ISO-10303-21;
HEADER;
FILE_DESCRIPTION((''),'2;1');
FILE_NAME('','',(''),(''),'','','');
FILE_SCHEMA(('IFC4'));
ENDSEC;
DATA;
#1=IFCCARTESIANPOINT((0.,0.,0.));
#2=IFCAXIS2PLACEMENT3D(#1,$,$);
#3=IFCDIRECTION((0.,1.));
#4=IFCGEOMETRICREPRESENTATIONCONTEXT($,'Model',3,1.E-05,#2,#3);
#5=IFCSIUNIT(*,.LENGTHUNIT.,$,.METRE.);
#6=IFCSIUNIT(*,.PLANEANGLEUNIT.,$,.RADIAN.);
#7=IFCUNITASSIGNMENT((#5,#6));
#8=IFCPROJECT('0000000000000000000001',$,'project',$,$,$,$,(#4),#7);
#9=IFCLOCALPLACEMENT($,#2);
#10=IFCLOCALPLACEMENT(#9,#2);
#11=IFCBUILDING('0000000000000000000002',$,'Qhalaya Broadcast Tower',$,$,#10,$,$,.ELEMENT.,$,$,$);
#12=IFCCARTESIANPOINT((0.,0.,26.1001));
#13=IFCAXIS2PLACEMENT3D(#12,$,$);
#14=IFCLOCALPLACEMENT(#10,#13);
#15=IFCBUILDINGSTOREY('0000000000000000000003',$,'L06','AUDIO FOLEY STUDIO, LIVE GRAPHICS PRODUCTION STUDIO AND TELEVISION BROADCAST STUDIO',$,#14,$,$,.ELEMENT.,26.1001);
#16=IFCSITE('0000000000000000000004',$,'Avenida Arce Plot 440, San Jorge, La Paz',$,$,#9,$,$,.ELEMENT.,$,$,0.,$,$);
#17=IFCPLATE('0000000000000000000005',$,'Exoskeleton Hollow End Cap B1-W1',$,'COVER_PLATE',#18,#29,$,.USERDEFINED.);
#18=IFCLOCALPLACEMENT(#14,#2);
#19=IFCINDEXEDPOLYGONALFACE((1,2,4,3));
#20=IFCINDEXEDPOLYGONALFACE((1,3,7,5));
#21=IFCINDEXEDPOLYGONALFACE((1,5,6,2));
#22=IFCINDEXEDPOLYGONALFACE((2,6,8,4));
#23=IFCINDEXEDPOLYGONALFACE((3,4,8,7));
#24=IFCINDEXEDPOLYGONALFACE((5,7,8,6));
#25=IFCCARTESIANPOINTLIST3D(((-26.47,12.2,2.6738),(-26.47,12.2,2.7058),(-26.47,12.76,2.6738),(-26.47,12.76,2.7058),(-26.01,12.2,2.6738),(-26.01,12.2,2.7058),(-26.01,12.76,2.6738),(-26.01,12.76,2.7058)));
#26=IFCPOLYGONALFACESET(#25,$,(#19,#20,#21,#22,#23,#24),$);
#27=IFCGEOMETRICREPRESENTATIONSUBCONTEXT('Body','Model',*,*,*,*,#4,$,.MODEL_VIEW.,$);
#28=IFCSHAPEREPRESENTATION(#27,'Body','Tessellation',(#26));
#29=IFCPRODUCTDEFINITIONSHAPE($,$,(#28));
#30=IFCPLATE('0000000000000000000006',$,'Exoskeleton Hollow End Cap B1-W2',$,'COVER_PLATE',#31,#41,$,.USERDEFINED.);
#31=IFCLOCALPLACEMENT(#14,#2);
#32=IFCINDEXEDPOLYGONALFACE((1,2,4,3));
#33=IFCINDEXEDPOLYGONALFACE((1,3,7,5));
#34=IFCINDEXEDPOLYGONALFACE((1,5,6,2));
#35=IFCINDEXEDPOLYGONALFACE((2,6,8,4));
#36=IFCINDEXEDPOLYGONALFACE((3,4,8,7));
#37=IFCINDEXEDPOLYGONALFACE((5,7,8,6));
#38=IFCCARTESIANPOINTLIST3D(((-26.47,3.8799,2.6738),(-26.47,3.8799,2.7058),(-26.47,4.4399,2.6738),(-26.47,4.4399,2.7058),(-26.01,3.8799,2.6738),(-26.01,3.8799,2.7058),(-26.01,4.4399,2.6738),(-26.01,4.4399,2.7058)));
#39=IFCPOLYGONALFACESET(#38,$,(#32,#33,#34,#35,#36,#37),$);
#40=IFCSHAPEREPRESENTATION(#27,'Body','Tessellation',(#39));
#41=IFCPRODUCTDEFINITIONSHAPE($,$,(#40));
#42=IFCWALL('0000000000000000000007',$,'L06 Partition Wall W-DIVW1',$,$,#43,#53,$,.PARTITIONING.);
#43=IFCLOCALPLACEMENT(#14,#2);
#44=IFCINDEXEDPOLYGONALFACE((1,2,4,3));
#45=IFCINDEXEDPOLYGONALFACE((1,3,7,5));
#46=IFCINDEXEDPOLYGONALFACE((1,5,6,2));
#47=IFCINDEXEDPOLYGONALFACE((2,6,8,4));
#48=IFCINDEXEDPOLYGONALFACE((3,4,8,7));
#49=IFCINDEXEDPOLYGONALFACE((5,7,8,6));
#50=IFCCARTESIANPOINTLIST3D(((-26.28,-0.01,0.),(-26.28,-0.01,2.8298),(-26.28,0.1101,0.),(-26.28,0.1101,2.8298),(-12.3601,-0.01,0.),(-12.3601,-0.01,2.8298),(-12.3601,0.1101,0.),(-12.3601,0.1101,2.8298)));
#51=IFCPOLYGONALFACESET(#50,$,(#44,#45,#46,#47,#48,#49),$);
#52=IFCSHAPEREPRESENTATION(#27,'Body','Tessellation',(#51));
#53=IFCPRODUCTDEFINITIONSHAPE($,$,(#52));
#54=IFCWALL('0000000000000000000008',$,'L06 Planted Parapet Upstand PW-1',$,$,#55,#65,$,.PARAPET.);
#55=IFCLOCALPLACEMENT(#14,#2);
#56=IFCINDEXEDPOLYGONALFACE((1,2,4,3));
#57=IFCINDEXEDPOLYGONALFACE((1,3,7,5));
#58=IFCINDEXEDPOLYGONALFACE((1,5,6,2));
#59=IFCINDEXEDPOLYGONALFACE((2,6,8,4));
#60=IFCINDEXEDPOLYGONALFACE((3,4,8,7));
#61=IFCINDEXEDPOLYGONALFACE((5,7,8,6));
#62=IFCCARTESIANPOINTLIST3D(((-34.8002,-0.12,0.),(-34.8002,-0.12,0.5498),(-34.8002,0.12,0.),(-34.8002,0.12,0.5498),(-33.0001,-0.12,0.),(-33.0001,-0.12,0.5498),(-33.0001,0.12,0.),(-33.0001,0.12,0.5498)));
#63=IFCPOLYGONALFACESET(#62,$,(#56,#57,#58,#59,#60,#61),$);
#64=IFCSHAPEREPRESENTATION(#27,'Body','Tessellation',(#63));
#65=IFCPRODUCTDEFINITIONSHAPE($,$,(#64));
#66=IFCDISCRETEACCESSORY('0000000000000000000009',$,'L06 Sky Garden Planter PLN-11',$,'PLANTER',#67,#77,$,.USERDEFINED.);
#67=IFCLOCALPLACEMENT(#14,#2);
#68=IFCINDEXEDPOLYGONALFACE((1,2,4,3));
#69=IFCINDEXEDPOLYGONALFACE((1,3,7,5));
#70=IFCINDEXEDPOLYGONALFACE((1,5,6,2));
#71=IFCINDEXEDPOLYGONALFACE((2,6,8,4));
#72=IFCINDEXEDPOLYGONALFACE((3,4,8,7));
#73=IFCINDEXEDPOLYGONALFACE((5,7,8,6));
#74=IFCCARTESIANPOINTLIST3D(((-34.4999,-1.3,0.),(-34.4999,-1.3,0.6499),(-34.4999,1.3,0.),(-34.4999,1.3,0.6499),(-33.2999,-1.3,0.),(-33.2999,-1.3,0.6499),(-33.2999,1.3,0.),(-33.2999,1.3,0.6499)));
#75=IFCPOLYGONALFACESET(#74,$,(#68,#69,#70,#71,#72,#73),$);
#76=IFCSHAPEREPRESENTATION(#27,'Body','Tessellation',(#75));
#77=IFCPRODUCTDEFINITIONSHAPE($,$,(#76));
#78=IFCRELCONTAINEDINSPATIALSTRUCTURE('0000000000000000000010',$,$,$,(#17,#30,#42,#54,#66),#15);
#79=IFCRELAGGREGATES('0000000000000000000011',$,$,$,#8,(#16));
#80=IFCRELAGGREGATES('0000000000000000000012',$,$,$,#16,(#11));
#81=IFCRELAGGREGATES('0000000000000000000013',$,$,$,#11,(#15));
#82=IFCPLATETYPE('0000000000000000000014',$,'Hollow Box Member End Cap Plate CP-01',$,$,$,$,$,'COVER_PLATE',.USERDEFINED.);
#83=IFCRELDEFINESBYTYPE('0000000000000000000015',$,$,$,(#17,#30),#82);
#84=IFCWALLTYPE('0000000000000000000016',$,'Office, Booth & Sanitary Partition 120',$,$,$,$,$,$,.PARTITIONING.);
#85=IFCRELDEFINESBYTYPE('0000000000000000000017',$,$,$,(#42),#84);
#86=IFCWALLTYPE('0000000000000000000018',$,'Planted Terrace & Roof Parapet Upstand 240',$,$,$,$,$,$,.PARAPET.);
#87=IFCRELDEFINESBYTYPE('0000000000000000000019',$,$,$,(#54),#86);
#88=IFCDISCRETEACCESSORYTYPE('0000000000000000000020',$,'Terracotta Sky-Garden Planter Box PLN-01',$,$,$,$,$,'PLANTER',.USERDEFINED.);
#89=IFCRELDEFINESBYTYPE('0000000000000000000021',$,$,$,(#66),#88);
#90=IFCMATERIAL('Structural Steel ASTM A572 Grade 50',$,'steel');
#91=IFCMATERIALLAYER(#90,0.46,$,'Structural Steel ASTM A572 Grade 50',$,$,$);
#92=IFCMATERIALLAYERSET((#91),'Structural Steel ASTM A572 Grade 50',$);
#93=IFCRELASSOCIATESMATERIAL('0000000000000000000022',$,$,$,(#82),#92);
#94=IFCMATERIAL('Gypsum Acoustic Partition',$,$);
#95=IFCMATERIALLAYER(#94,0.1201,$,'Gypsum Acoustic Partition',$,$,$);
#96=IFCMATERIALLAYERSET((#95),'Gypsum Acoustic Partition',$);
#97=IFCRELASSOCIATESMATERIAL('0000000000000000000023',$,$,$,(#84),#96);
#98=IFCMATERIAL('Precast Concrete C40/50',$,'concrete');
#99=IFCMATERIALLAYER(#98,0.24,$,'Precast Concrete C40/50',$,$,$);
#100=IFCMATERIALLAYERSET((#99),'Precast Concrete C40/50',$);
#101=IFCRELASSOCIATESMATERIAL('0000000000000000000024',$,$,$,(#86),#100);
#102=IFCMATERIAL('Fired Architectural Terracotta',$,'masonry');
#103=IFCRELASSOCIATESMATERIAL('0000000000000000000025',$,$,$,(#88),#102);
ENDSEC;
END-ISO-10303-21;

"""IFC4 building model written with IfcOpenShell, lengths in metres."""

from ifc_helpers import new_model, si_unit, direction, frame, frame_2d, origin, origin_2d, place, context, subcontext, project, spatial, rectangle, extrude, material, layer, layer_set, type_object, element, save


model = new_model("IFC4")

# Units and contexts
model_context = context("Model", 3, precision=1e-05, world=origin(), true_north=direction((0.0, 1.0)))
body_context = subcontext(model_context, "Body", "Model", "MODEL_VIEW")
ifc_project = project(units=[si_unit("LENGTHUNIT", "METRE"), si_unit("PLANEANGLEUNIT", "RADIAN")], contexts=[model_context])

# Site, building, storey
site_placement = place(None, origin())
site = spatial("IfcSite", under=ifc_project, at=site_placement, Name="Avenida Arce Plot 440, San Jorge, La Paz", CompositionType="ELEMENT", RefElevation=0.0)
building_placement = place(site_placement, origin())
building = spatial("IfcBuilding", under=site, at=building_placement, Name="Qhalaya Broadcast Tower", CompositionType="ELEMENT")
storey_placement = place(building_placement, frame((0.0, 0.0, 26.1001)))
storey = spatial("IfcBuildingStorey", under=building, at=storey_placement, Name="L06", Description="AUDIO FOLEY STUDIO, LIVE GRAPHICS PRODUCTION STUDIO AND TELEVISION BROADCAST STUDIO", CompositionType="ELEMENT", Elevation=26.1001)

# Shared definitions
ifc_material_1 = material(Name="Structural Steel ASTM A572 Grade 50", Category="steel")

# Plates
ifc_layer_1 = layer(ifc_material_1, 0.46, Name="Structural Steel ASTM A572 Grade 50")
ifc_layer_set_1 = layer_set([ifc_layer_1], Name="Structural Steel ASTM A572 Grade 50")
plate_type_1 = type_object("IfcPlateType", Name="Hollow Box Member End Cap Plate CP-01", ElementType="COVER_PLATE", PredefinedType="USERDEFINED", material=ifc_layer_set_1)
for number, where, z_axis, x_axis, name in (
    (1, (-26.24, 12.48, 2.6738), (0.0, 0.0, 1.0), (0.0, 1.0, 0.0), "Exoskeleton Hollow End Cap B1-W1"),
    (2, (-26.24, 4.1599, 2.6738), (0.0, 0.0, 1.0), (0.0, 1.0, 0.0), "Exoskeleton Hollow End Cap B1-W2"),
):
    element("IfcPlate", number, at=place(storey_placement, frame(where, z_axis=z_axis, x_axis=x_axis)), inside=storey, type_object=plate_type_1, Name=name, ObjectType="COVER_PLATE", PredefinedType="USERDEFINED", context=body_context, shape_type="SweptSolid", body=[
        extrude(rectangle(XDim=0.5601, YDim=0.46, at=origin_2d()), origin(), (0.0, 0.0, 1.0), 0.032),
    ])

# Walls
ifc_material_2 = material(Name="Gypsum Acoustic Partition")
ifc_layer_2 = layer(ifc_material_2, 0.1201, Name="Gypsum Acoustic Partition")
ifc_layer_set_2 = layer_set([ifc_layer_2], Name="Gypsum Acoustic Partition")
wall_type_1 = type_object("IfcWallType", Name="Office, Booth & Sanitary Partition 120", PredefinedType="PARTITIONING", material=ifc_layer_set_2)
wall_1_placement = place(storey_placement, frame((-26.28, 0.05, 0.0), z_axis=(0.0, 0.0, 1.0), x_axis=(1.0, 0.0, 0.0)))
element("IfcWall", 3, at=wall_1_placement, inside=storey, type_object=wall_type_1, Name="L06 Partition Wall W-DIVW1", PredefinedType="PARTITIONING", context=body_context, shape_type="SweptSolid", body=[
    extrude(rectangle(XDim=13.9199, YDim=0.1201, at=frame_2d((6.96, 0.0))), origin(), (0.0, 0.0, 1.0), 2.8298),
])
ifc_material_3 = material(Name="Precast Concrete C40/50", Category="concrete")
ifc_layer_3 = layer(ifc_material_3, 0.24, Name="Precast Concrete C40/50")
ifc_layer_set_3 = layer_set([ifc_layer_3], Name="Precast Concrete C40/50")
wall_type_2 = type_object("IfcWallType", Name="Planted Terrace & Roof Parapet Upstand 240", PredefinedType="PARAPET", material=ifc_layer_set_3)
wall_2_placement = place(storey_placement, frame((-34.8, 0.0, 0.0), z_axis=(0.0, 0.0, 1.0), x_axis=(1.0, 0.0, 0.0)))
element("IfcWall", 4, at=wall_2_placement, inside=storey, type_object=wall_type_2, Name="L06 Planted Parapet Upstand PW-1", PredefinedType="PARAPET", context=body_context, shape_type="SweptSolid", body=[
    extrude(rectangle(XDim=1.8, YDim=0.24, at=frame_2d((0.8999, 0.0))), origin(), (0.0, 0.0, 1.0), 0.5498),
])

# Discrete accessory
ifc_material_4 = material(Name="Fired Architectural Terracotta", Category="masonry")
discrete_accessory_type = type_object("IfcDiscreteAccessoryType", Name="Terracotta Sky-Garden Planter Box PLN-01", ElementType="PLANTER", PredefinedType="USERDEFINED", material=ifc_material_4)
discrete_accessory_placement = place(storey_placement, frame((-33.8999, 0.0, 0.0), z_axis=(0.0, 0.0, 1.0), x_axis=(1.0, 0.0, 0.0)))
element("IfcDiscreteAccessory", 5, at=discrete_accessory_placement, inside=storey, type_object=discrete_accessory_type, Name="L06 Sky Garden Planter PLN-11", ObjectType="PLANTER", PredefinedType="USERDEFINED", context=body_context, shape_type="SweptSolid", body=[
    extrude(rectangle(XDim=1.2, YDim=2.6001, at=origin_2d()), origin(), (0.0, 0.0, 1.0), 0.6499),
])

save(model, "model.ifc")
